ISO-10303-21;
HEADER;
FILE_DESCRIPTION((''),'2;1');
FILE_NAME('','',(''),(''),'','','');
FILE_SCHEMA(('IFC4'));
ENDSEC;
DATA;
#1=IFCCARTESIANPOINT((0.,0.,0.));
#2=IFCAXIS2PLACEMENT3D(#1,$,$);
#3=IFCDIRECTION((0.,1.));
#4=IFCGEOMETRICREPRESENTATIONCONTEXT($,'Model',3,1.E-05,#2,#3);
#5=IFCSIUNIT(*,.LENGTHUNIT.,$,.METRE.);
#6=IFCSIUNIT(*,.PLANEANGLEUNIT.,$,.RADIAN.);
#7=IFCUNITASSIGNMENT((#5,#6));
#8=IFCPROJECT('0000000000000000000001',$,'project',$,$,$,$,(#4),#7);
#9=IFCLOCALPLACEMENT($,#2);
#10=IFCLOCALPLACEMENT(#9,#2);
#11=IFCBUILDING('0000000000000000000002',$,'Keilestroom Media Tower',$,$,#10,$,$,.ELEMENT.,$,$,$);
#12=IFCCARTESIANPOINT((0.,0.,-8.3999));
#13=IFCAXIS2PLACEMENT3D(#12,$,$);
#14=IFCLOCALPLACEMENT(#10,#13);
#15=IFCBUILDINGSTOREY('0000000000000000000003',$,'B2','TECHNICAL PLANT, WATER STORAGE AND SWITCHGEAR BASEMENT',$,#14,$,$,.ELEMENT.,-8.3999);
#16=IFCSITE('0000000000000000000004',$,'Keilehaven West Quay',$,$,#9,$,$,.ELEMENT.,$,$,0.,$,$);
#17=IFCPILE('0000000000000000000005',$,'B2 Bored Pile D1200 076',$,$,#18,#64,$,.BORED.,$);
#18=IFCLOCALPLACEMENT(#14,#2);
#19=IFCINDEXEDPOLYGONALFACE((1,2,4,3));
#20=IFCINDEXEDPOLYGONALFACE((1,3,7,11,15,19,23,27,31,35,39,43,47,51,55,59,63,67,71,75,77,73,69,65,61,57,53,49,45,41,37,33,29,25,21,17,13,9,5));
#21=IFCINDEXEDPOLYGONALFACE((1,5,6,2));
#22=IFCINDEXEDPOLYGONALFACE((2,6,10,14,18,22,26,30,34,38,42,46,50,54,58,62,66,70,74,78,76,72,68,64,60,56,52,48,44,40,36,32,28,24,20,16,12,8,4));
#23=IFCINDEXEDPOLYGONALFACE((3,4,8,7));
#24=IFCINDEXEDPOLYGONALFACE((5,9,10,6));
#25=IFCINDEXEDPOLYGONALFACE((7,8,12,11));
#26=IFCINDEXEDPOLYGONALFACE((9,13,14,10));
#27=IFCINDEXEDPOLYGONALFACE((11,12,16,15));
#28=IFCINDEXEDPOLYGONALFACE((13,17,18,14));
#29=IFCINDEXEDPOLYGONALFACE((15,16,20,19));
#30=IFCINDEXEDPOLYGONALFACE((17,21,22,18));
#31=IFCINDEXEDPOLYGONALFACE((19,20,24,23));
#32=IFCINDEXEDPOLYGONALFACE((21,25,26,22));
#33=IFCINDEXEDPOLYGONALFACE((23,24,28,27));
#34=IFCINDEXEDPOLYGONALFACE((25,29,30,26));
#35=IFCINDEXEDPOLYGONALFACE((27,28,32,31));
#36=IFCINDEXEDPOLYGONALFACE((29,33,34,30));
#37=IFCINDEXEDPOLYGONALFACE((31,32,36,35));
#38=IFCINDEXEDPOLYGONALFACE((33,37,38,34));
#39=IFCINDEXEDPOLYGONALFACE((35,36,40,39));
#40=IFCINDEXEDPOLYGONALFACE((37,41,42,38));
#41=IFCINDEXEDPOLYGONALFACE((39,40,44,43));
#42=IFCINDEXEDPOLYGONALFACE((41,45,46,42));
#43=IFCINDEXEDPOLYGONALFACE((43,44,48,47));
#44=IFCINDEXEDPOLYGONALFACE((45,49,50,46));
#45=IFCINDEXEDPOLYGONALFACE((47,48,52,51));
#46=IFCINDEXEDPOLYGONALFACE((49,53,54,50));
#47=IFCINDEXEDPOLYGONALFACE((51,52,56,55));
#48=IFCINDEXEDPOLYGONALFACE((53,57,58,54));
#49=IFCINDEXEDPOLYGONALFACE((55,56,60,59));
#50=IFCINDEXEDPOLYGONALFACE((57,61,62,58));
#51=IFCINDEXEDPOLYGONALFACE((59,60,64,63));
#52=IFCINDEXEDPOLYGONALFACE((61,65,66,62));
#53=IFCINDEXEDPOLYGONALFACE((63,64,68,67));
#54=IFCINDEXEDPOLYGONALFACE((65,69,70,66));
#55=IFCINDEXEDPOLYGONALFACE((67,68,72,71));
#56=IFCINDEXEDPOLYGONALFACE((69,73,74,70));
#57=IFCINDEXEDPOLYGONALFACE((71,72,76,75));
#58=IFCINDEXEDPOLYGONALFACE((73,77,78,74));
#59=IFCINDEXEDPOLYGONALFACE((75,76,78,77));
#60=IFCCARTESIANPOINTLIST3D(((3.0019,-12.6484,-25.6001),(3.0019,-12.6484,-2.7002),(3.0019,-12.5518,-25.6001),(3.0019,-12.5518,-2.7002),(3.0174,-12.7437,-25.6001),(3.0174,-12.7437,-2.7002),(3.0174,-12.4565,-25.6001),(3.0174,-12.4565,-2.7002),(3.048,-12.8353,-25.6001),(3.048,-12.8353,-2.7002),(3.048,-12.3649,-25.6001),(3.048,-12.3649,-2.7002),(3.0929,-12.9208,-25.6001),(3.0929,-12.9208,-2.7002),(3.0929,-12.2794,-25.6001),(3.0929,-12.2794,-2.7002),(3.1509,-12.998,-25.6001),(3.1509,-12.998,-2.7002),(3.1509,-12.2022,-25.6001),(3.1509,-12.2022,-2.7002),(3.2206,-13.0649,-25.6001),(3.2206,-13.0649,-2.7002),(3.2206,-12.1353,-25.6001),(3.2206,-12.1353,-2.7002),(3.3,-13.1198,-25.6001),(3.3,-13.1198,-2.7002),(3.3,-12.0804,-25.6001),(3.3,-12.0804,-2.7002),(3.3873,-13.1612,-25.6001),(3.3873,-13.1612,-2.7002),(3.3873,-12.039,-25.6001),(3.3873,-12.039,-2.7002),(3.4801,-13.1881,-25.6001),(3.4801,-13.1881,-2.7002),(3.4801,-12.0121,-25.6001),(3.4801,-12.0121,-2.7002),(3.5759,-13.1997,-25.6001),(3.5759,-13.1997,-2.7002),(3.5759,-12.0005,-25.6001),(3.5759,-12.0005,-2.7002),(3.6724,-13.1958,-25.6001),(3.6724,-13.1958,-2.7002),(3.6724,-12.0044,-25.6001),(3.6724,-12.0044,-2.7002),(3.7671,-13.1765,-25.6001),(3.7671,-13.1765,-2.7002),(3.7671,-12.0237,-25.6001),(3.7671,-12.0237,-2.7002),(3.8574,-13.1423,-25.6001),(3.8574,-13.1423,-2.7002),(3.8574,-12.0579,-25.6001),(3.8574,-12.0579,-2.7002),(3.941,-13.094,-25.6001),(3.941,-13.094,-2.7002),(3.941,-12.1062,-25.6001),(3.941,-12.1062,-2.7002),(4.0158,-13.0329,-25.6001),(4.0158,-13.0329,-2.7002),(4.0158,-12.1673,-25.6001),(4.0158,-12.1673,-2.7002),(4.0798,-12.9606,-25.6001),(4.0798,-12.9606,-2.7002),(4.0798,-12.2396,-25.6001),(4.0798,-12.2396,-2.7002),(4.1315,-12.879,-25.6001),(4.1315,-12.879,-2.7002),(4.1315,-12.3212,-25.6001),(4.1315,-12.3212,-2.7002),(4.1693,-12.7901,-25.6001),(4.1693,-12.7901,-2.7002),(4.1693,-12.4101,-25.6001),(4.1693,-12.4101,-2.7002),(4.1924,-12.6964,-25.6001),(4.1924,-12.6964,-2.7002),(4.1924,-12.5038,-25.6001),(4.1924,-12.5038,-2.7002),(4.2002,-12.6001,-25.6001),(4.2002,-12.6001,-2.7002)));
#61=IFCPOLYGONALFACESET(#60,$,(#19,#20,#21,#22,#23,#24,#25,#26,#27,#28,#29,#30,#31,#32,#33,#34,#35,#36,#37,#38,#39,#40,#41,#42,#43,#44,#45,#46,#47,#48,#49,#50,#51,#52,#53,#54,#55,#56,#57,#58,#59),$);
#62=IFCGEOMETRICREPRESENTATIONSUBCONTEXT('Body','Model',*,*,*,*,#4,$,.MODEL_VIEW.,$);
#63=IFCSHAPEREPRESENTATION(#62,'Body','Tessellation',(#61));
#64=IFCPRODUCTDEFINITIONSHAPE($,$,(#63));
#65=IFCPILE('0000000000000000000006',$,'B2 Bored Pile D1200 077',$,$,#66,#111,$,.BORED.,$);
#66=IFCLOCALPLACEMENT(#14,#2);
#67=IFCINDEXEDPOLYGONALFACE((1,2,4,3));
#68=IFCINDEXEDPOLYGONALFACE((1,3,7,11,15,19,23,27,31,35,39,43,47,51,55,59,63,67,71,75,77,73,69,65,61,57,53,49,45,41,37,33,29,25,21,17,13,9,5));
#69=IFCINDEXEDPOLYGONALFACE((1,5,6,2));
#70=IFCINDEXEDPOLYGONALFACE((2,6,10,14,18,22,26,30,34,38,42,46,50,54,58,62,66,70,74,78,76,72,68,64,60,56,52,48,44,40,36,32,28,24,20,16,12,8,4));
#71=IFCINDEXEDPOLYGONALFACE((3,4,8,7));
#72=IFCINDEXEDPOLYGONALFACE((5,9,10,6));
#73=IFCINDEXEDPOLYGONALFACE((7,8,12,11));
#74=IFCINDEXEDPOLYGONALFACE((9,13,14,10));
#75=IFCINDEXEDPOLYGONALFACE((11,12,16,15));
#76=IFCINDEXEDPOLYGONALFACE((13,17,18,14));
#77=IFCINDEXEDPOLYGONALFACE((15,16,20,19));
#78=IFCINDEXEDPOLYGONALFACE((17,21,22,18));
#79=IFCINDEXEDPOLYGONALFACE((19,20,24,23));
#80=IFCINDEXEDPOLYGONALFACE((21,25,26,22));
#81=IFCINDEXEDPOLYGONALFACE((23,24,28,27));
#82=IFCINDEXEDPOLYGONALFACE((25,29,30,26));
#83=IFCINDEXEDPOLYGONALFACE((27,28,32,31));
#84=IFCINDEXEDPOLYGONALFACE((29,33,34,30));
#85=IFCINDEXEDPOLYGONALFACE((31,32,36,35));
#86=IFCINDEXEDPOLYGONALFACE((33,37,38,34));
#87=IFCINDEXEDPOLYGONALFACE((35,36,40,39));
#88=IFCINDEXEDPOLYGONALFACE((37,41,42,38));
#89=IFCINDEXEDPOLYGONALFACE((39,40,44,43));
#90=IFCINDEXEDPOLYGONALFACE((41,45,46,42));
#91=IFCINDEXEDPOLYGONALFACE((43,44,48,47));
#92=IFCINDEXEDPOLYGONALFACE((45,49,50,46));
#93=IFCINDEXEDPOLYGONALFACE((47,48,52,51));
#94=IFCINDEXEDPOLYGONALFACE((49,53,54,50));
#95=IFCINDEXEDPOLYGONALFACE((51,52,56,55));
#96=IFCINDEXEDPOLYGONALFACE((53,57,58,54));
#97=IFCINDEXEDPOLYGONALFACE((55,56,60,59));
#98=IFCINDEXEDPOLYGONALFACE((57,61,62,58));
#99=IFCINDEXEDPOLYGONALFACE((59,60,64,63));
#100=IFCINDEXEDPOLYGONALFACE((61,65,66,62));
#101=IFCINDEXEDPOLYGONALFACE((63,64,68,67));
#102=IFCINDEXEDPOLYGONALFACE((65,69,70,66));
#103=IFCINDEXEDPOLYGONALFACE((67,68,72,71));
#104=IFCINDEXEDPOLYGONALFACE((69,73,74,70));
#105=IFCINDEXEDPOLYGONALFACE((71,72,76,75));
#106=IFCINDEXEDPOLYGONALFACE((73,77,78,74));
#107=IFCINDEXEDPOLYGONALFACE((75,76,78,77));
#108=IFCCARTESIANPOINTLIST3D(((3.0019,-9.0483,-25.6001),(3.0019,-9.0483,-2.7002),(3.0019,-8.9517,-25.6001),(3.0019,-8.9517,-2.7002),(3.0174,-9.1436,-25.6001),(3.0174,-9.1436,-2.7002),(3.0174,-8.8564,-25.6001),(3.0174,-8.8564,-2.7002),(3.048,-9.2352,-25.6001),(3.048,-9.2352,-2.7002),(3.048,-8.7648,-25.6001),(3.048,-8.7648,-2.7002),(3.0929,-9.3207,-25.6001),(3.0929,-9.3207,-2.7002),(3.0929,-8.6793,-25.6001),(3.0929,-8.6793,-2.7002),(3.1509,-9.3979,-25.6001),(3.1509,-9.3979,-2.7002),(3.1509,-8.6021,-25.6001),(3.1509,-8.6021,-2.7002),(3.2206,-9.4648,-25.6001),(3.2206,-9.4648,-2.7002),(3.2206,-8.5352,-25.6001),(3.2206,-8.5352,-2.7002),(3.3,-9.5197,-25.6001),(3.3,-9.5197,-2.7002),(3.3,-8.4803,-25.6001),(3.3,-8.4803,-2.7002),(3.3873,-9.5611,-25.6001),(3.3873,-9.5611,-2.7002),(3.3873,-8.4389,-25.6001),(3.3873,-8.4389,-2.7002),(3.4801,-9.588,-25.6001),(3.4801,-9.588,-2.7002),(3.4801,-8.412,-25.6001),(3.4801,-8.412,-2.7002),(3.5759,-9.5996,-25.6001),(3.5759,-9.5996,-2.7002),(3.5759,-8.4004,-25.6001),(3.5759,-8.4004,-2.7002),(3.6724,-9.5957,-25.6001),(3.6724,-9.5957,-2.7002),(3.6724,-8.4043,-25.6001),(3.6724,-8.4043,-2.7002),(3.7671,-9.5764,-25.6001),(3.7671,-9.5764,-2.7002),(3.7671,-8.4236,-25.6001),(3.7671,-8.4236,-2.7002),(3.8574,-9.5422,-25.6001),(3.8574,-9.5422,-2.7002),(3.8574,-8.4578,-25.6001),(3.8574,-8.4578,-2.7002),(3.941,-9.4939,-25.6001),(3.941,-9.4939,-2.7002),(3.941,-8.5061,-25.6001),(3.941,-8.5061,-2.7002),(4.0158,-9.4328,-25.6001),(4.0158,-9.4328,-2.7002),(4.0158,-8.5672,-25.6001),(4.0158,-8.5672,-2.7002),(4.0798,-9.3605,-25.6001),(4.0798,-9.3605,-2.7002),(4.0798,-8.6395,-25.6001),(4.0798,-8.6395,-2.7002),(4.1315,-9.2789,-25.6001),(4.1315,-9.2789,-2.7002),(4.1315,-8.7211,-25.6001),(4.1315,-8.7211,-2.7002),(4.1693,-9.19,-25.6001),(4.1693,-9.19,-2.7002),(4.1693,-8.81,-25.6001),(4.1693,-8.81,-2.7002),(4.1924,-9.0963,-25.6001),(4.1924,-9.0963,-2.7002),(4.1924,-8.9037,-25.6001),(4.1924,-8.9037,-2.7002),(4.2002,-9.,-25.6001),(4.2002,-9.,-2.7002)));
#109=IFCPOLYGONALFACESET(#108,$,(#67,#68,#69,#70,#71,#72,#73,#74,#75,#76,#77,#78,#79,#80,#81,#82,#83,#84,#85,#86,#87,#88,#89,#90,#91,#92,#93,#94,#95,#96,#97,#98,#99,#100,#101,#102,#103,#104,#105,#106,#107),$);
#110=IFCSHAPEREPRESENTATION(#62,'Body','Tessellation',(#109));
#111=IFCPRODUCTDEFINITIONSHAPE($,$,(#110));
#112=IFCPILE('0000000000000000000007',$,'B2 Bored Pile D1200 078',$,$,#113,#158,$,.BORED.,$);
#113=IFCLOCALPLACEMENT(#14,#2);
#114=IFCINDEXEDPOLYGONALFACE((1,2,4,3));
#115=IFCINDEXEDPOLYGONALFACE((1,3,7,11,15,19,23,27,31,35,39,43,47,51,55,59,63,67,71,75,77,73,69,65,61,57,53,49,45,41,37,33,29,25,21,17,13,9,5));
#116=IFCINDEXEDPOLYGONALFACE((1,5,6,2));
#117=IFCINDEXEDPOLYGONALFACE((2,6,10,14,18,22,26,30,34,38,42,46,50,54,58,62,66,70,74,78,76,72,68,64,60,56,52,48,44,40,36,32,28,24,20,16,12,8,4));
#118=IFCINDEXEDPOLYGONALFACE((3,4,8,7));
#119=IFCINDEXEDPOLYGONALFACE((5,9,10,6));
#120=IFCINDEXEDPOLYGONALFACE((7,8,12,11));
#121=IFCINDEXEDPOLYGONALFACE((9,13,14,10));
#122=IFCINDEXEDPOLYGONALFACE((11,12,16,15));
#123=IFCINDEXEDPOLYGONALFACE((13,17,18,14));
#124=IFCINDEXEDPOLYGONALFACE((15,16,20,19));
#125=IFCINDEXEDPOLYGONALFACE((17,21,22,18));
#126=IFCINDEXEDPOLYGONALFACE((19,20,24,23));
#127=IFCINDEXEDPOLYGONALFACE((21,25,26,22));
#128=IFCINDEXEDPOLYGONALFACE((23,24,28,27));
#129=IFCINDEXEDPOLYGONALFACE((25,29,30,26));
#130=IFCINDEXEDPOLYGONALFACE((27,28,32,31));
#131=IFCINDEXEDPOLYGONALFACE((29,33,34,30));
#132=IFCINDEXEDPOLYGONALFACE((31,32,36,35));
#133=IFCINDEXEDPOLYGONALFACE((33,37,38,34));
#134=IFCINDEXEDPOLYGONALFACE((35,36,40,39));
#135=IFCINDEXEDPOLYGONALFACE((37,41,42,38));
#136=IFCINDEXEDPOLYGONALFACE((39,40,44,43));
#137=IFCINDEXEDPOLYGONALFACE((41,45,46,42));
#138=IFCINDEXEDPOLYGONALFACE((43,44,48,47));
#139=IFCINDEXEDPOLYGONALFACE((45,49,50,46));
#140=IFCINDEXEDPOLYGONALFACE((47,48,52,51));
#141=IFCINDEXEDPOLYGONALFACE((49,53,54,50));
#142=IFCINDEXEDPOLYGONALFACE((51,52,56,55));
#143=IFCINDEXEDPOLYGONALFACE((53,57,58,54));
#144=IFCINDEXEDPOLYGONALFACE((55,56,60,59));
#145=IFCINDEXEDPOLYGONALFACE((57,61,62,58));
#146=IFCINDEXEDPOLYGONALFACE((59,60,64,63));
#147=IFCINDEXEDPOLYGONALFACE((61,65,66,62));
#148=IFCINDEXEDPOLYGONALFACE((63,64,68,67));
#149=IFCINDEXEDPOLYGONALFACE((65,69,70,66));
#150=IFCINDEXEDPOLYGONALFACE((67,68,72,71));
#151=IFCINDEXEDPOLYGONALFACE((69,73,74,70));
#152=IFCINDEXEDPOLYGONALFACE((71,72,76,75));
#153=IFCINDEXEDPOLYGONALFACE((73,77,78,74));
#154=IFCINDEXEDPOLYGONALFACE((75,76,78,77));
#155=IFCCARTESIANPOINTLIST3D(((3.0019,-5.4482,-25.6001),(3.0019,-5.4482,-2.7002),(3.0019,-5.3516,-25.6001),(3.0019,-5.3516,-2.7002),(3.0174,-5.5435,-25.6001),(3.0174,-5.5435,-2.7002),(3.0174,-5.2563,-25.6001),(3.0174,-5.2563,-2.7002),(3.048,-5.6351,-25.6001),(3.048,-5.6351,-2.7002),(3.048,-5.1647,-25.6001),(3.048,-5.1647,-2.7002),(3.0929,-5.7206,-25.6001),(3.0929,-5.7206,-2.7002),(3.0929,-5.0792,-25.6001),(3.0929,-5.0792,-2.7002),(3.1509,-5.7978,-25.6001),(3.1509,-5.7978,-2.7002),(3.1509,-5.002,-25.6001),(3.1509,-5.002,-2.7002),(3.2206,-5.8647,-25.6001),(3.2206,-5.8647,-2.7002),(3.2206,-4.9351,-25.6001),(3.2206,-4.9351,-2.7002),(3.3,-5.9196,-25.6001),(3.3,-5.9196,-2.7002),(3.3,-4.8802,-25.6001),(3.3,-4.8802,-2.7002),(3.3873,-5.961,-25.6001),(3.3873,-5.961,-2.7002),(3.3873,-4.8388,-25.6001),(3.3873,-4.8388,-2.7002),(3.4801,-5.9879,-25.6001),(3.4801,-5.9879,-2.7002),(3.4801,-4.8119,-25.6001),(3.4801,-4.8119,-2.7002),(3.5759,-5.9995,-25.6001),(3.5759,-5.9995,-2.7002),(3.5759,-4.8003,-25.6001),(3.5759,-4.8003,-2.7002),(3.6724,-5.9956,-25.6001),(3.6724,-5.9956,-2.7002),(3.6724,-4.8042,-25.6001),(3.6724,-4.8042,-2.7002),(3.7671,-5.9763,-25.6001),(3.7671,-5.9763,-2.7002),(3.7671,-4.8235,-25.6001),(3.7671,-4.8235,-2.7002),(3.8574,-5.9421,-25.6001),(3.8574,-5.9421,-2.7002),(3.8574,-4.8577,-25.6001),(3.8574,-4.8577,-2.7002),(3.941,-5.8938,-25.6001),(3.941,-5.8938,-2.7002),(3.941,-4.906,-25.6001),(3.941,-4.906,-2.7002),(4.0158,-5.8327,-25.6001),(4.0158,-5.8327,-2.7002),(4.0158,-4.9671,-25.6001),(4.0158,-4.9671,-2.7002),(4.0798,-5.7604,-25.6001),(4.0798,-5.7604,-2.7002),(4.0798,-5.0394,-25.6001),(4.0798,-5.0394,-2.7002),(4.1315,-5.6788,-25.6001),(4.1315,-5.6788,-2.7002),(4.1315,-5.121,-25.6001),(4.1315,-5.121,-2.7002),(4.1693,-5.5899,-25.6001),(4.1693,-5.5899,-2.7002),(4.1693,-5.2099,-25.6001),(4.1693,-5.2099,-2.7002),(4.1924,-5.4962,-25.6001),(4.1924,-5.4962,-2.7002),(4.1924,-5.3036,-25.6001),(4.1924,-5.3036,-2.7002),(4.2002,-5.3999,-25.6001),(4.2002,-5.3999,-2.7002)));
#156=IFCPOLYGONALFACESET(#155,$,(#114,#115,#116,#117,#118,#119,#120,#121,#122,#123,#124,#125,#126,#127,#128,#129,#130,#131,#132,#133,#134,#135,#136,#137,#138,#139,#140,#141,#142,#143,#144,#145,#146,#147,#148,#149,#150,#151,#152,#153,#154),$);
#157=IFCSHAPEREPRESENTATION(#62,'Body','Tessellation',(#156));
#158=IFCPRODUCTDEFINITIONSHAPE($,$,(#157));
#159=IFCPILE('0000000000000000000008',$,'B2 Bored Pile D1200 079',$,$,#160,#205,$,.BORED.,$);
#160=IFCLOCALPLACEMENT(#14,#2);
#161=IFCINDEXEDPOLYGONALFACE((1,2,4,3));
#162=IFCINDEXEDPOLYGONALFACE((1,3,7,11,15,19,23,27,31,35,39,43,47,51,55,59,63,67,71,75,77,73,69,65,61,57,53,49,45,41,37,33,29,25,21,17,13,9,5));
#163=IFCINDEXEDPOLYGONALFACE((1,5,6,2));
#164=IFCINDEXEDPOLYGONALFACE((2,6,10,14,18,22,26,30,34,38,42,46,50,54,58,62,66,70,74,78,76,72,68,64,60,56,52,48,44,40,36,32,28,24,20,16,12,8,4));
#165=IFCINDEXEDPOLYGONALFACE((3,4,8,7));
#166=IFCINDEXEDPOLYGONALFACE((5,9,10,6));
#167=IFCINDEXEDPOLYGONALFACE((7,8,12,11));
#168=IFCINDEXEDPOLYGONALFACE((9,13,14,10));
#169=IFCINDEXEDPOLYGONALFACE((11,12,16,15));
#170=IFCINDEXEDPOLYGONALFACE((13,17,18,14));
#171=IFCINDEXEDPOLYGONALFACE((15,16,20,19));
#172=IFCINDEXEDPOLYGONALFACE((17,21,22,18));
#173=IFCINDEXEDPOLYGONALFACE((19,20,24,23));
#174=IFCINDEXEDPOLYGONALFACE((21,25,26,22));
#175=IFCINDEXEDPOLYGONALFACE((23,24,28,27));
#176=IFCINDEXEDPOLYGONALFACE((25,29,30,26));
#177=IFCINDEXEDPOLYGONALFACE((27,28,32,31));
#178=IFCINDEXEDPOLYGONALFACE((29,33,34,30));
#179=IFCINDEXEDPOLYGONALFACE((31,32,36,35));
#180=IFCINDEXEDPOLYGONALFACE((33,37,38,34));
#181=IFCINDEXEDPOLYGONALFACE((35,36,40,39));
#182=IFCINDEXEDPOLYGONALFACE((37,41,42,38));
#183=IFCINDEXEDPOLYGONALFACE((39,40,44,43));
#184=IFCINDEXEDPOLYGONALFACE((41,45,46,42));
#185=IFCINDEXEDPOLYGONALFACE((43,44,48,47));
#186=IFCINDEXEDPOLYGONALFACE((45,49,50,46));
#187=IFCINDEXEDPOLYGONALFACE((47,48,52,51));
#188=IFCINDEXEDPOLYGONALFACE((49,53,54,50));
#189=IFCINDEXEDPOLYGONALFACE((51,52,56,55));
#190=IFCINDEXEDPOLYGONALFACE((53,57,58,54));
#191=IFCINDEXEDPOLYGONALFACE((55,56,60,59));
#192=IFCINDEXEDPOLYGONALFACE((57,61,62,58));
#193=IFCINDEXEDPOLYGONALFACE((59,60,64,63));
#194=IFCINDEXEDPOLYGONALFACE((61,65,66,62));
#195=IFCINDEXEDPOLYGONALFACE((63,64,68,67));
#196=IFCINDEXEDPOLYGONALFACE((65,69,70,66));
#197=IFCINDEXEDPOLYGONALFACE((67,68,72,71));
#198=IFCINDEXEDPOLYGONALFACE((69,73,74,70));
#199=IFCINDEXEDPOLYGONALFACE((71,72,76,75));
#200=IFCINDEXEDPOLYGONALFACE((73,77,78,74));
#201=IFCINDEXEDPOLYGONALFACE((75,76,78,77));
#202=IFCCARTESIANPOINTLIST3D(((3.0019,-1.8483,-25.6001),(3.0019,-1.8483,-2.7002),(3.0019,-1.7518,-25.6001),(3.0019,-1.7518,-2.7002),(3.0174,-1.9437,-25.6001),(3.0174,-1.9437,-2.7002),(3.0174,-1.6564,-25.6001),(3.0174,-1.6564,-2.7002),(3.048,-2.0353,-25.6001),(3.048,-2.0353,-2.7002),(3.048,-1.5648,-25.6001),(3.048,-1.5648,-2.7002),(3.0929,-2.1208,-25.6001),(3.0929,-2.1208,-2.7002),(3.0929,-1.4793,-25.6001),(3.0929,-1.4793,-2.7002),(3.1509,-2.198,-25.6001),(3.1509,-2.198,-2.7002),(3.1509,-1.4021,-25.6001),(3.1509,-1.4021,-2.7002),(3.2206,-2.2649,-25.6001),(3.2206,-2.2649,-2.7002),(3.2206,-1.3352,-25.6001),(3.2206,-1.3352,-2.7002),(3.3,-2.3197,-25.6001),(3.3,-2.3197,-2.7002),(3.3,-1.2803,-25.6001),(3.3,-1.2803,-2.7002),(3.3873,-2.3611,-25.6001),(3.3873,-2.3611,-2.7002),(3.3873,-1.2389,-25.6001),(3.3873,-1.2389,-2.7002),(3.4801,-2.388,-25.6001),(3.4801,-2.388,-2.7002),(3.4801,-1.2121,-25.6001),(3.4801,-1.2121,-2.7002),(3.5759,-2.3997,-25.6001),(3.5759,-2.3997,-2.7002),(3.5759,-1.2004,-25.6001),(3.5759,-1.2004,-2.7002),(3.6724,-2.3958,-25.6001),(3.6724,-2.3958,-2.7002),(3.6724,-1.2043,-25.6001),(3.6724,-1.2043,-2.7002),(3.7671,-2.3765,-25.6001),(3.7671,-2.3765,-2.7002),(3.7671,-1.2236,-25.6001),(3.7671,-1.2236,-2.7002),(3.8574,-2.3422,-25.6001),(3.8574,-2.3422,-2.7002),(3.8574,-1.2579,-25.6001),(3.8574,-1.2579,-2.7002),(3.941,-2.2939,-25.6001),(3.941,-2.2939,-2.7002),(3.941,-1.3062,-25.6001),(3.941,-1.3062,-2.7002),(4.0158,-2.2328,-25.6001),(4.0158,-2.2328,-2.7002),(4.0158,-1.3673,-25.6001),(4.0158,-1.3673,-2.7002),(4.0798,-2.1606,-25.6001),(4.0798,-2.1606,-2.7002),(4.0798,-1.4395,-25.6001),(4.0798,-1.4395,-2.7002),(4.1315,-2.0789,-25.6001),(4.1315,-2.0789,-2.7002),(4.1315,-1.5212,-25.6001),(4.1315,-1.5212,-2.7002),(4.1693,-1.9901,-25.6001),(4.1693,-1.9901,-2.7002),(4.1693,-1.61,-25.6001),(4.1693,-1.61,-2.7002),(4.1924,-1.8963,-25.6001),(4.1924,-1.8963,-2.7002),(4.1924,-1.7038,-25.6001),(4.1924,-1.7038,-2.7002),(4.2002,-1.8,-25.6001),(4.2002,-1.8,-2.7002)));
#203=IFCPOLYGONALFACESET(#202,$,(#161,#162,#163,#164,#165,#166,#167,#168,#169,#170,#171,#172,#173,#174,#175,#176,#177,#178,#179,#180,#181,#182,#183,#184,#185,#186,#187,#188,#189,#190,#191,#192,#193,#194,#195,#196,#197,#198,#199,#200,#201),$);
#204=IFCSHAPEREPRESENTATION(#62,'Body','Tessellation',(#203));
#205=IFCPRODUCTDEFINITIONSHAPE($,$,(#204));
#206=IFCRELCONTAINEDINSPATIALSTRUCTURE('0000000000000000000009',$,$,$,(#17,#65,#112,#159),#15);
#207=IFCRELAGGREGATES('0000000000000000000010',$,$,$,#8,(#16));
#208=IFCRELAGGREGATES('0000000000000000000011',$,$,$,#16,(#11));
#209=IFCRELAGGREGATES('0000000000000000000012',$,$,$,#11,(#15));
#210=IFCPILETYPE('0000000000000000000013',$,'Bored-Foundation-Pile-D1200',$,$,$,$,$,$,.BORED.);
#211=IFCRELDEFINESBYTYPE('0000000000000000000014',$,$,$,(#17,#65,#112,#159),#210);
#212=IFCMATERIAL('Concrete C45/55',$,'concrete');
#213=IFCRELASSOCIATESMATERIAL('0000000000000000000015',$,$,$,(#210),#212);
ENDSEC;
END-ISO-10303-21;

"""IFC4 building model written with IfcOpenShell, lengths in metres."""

from ifc_helpers import new_model, si_unit, direction, frame, origin, origin_2d, place, context, subcontext, project, spatial, circle, extrude, source, transform, mapped, material, material_profile, profile_set, type_object, element, save


model = new_model("IFC4")

# Units and contexts
model_context = context("Model", 3, precision=1e-05, world=origin(), true_north=direction((0.0, 1.0)))
body_context = subcontext(model_context, "Body", "Model", "MODEL_VIEW")
ifc_project = project(units=[si_unit("LENGTHUNIT", "METRE"), si_unit("PLANEANGLEUNIT", "RADIAN")], contexts=[model_context])

# Site, building, storey
site_placement = place(None, origin())
site = spatial("IfcSite", under=ifc_project, at=site_placement, Name="Keilehaven West Quay", CompositionType="ELEMENT", RefElevation=0.0)
building_placement = place(site_placement, origin())
building = spatial("IfcBuilding", under=site, at=building_placement, Name="Keilestroom Media Tower", CompositionType="ELEMENT")
storey_placement = place(building_placement, frame((0.0, 0.0, -8.3999)))
storey = spatial("IfcBuildingStorey", under=building, at=storey_placement, Name="B2", Description="TECHNICAL PLANT, WATER STORAGE AND SWITCHGEAR BASEMENT", CompositionType="ELEMENT", Elevation=-8.3999)

# Piles
ifc_material_1 = material(Name="Concrete C45/55", Category="concrete")
ifc_material_profile_1 = material_profile(ifc_material_1, circle(Radius=0.6001, at=origin_2d()), Name="BORED PILE D1200")
ifc_profile_set_1 = profile_set([ifc_material_profile_1], Name="Concrete C45/55")
pile_type = type_object("IfcPileType", Name="Bored-Foundation-Pile-D1200", PredefinedType="BORED", material=ifc_profile_set_1)
shared_shape_1 = source(origin(), body_context, "Body", "SweptSolid", [
    extrude(circle(Radius=0.6001, at=origin_2d()), origin(), (0.0, 0.0, 1.0), 22.8999),
])
for number, where, z_axis, x_axis, name in (
    (1, (3.6001, -12.6001, -2.7002), (0.0, 0.0, -1.0), (1.0, 0.0, 0.0), "B2 Bored Pile D1200 076"),
    (2, (3.6001, -9.0, -2.7002), (0.0, 0.0, -1.0), (1.0, 0.0, 0.0), "B2 Bored Pile D1200 077"),
    (3, (3.6001, -5.3999, -2.7002), (0.0, 0.0, -1.0), (1.0, 0.0, 0.0), "B2 Bored Pile D1200 078"),
    (4, (3.6001, -1.8, -2.7002), (0.0, 0.0, -1.0), (1.0, 0.0, 0.0), "B2 Bored Pile D1200 079"),
):
    element("IfcPile", number, at=place(storey_placement, frame(where, z_axis=z_axis, x_axis=x_axis)), inside=storey, type_object=pile_type, Name=name, PredefinedType="BORED", context=body_context, shape_type="MappedRepresentation", body=[
        mapped(shared_shape_1, transform((0.0, 0.0, 0.0), x_axis=(1.0, 0.0, 0.0), y_axis=(0.0, 1.0, 0.0), z_axis=(0.0, 0.0, 1.0), scale=1.0)),
    ])

save(model, "model.ifc")
